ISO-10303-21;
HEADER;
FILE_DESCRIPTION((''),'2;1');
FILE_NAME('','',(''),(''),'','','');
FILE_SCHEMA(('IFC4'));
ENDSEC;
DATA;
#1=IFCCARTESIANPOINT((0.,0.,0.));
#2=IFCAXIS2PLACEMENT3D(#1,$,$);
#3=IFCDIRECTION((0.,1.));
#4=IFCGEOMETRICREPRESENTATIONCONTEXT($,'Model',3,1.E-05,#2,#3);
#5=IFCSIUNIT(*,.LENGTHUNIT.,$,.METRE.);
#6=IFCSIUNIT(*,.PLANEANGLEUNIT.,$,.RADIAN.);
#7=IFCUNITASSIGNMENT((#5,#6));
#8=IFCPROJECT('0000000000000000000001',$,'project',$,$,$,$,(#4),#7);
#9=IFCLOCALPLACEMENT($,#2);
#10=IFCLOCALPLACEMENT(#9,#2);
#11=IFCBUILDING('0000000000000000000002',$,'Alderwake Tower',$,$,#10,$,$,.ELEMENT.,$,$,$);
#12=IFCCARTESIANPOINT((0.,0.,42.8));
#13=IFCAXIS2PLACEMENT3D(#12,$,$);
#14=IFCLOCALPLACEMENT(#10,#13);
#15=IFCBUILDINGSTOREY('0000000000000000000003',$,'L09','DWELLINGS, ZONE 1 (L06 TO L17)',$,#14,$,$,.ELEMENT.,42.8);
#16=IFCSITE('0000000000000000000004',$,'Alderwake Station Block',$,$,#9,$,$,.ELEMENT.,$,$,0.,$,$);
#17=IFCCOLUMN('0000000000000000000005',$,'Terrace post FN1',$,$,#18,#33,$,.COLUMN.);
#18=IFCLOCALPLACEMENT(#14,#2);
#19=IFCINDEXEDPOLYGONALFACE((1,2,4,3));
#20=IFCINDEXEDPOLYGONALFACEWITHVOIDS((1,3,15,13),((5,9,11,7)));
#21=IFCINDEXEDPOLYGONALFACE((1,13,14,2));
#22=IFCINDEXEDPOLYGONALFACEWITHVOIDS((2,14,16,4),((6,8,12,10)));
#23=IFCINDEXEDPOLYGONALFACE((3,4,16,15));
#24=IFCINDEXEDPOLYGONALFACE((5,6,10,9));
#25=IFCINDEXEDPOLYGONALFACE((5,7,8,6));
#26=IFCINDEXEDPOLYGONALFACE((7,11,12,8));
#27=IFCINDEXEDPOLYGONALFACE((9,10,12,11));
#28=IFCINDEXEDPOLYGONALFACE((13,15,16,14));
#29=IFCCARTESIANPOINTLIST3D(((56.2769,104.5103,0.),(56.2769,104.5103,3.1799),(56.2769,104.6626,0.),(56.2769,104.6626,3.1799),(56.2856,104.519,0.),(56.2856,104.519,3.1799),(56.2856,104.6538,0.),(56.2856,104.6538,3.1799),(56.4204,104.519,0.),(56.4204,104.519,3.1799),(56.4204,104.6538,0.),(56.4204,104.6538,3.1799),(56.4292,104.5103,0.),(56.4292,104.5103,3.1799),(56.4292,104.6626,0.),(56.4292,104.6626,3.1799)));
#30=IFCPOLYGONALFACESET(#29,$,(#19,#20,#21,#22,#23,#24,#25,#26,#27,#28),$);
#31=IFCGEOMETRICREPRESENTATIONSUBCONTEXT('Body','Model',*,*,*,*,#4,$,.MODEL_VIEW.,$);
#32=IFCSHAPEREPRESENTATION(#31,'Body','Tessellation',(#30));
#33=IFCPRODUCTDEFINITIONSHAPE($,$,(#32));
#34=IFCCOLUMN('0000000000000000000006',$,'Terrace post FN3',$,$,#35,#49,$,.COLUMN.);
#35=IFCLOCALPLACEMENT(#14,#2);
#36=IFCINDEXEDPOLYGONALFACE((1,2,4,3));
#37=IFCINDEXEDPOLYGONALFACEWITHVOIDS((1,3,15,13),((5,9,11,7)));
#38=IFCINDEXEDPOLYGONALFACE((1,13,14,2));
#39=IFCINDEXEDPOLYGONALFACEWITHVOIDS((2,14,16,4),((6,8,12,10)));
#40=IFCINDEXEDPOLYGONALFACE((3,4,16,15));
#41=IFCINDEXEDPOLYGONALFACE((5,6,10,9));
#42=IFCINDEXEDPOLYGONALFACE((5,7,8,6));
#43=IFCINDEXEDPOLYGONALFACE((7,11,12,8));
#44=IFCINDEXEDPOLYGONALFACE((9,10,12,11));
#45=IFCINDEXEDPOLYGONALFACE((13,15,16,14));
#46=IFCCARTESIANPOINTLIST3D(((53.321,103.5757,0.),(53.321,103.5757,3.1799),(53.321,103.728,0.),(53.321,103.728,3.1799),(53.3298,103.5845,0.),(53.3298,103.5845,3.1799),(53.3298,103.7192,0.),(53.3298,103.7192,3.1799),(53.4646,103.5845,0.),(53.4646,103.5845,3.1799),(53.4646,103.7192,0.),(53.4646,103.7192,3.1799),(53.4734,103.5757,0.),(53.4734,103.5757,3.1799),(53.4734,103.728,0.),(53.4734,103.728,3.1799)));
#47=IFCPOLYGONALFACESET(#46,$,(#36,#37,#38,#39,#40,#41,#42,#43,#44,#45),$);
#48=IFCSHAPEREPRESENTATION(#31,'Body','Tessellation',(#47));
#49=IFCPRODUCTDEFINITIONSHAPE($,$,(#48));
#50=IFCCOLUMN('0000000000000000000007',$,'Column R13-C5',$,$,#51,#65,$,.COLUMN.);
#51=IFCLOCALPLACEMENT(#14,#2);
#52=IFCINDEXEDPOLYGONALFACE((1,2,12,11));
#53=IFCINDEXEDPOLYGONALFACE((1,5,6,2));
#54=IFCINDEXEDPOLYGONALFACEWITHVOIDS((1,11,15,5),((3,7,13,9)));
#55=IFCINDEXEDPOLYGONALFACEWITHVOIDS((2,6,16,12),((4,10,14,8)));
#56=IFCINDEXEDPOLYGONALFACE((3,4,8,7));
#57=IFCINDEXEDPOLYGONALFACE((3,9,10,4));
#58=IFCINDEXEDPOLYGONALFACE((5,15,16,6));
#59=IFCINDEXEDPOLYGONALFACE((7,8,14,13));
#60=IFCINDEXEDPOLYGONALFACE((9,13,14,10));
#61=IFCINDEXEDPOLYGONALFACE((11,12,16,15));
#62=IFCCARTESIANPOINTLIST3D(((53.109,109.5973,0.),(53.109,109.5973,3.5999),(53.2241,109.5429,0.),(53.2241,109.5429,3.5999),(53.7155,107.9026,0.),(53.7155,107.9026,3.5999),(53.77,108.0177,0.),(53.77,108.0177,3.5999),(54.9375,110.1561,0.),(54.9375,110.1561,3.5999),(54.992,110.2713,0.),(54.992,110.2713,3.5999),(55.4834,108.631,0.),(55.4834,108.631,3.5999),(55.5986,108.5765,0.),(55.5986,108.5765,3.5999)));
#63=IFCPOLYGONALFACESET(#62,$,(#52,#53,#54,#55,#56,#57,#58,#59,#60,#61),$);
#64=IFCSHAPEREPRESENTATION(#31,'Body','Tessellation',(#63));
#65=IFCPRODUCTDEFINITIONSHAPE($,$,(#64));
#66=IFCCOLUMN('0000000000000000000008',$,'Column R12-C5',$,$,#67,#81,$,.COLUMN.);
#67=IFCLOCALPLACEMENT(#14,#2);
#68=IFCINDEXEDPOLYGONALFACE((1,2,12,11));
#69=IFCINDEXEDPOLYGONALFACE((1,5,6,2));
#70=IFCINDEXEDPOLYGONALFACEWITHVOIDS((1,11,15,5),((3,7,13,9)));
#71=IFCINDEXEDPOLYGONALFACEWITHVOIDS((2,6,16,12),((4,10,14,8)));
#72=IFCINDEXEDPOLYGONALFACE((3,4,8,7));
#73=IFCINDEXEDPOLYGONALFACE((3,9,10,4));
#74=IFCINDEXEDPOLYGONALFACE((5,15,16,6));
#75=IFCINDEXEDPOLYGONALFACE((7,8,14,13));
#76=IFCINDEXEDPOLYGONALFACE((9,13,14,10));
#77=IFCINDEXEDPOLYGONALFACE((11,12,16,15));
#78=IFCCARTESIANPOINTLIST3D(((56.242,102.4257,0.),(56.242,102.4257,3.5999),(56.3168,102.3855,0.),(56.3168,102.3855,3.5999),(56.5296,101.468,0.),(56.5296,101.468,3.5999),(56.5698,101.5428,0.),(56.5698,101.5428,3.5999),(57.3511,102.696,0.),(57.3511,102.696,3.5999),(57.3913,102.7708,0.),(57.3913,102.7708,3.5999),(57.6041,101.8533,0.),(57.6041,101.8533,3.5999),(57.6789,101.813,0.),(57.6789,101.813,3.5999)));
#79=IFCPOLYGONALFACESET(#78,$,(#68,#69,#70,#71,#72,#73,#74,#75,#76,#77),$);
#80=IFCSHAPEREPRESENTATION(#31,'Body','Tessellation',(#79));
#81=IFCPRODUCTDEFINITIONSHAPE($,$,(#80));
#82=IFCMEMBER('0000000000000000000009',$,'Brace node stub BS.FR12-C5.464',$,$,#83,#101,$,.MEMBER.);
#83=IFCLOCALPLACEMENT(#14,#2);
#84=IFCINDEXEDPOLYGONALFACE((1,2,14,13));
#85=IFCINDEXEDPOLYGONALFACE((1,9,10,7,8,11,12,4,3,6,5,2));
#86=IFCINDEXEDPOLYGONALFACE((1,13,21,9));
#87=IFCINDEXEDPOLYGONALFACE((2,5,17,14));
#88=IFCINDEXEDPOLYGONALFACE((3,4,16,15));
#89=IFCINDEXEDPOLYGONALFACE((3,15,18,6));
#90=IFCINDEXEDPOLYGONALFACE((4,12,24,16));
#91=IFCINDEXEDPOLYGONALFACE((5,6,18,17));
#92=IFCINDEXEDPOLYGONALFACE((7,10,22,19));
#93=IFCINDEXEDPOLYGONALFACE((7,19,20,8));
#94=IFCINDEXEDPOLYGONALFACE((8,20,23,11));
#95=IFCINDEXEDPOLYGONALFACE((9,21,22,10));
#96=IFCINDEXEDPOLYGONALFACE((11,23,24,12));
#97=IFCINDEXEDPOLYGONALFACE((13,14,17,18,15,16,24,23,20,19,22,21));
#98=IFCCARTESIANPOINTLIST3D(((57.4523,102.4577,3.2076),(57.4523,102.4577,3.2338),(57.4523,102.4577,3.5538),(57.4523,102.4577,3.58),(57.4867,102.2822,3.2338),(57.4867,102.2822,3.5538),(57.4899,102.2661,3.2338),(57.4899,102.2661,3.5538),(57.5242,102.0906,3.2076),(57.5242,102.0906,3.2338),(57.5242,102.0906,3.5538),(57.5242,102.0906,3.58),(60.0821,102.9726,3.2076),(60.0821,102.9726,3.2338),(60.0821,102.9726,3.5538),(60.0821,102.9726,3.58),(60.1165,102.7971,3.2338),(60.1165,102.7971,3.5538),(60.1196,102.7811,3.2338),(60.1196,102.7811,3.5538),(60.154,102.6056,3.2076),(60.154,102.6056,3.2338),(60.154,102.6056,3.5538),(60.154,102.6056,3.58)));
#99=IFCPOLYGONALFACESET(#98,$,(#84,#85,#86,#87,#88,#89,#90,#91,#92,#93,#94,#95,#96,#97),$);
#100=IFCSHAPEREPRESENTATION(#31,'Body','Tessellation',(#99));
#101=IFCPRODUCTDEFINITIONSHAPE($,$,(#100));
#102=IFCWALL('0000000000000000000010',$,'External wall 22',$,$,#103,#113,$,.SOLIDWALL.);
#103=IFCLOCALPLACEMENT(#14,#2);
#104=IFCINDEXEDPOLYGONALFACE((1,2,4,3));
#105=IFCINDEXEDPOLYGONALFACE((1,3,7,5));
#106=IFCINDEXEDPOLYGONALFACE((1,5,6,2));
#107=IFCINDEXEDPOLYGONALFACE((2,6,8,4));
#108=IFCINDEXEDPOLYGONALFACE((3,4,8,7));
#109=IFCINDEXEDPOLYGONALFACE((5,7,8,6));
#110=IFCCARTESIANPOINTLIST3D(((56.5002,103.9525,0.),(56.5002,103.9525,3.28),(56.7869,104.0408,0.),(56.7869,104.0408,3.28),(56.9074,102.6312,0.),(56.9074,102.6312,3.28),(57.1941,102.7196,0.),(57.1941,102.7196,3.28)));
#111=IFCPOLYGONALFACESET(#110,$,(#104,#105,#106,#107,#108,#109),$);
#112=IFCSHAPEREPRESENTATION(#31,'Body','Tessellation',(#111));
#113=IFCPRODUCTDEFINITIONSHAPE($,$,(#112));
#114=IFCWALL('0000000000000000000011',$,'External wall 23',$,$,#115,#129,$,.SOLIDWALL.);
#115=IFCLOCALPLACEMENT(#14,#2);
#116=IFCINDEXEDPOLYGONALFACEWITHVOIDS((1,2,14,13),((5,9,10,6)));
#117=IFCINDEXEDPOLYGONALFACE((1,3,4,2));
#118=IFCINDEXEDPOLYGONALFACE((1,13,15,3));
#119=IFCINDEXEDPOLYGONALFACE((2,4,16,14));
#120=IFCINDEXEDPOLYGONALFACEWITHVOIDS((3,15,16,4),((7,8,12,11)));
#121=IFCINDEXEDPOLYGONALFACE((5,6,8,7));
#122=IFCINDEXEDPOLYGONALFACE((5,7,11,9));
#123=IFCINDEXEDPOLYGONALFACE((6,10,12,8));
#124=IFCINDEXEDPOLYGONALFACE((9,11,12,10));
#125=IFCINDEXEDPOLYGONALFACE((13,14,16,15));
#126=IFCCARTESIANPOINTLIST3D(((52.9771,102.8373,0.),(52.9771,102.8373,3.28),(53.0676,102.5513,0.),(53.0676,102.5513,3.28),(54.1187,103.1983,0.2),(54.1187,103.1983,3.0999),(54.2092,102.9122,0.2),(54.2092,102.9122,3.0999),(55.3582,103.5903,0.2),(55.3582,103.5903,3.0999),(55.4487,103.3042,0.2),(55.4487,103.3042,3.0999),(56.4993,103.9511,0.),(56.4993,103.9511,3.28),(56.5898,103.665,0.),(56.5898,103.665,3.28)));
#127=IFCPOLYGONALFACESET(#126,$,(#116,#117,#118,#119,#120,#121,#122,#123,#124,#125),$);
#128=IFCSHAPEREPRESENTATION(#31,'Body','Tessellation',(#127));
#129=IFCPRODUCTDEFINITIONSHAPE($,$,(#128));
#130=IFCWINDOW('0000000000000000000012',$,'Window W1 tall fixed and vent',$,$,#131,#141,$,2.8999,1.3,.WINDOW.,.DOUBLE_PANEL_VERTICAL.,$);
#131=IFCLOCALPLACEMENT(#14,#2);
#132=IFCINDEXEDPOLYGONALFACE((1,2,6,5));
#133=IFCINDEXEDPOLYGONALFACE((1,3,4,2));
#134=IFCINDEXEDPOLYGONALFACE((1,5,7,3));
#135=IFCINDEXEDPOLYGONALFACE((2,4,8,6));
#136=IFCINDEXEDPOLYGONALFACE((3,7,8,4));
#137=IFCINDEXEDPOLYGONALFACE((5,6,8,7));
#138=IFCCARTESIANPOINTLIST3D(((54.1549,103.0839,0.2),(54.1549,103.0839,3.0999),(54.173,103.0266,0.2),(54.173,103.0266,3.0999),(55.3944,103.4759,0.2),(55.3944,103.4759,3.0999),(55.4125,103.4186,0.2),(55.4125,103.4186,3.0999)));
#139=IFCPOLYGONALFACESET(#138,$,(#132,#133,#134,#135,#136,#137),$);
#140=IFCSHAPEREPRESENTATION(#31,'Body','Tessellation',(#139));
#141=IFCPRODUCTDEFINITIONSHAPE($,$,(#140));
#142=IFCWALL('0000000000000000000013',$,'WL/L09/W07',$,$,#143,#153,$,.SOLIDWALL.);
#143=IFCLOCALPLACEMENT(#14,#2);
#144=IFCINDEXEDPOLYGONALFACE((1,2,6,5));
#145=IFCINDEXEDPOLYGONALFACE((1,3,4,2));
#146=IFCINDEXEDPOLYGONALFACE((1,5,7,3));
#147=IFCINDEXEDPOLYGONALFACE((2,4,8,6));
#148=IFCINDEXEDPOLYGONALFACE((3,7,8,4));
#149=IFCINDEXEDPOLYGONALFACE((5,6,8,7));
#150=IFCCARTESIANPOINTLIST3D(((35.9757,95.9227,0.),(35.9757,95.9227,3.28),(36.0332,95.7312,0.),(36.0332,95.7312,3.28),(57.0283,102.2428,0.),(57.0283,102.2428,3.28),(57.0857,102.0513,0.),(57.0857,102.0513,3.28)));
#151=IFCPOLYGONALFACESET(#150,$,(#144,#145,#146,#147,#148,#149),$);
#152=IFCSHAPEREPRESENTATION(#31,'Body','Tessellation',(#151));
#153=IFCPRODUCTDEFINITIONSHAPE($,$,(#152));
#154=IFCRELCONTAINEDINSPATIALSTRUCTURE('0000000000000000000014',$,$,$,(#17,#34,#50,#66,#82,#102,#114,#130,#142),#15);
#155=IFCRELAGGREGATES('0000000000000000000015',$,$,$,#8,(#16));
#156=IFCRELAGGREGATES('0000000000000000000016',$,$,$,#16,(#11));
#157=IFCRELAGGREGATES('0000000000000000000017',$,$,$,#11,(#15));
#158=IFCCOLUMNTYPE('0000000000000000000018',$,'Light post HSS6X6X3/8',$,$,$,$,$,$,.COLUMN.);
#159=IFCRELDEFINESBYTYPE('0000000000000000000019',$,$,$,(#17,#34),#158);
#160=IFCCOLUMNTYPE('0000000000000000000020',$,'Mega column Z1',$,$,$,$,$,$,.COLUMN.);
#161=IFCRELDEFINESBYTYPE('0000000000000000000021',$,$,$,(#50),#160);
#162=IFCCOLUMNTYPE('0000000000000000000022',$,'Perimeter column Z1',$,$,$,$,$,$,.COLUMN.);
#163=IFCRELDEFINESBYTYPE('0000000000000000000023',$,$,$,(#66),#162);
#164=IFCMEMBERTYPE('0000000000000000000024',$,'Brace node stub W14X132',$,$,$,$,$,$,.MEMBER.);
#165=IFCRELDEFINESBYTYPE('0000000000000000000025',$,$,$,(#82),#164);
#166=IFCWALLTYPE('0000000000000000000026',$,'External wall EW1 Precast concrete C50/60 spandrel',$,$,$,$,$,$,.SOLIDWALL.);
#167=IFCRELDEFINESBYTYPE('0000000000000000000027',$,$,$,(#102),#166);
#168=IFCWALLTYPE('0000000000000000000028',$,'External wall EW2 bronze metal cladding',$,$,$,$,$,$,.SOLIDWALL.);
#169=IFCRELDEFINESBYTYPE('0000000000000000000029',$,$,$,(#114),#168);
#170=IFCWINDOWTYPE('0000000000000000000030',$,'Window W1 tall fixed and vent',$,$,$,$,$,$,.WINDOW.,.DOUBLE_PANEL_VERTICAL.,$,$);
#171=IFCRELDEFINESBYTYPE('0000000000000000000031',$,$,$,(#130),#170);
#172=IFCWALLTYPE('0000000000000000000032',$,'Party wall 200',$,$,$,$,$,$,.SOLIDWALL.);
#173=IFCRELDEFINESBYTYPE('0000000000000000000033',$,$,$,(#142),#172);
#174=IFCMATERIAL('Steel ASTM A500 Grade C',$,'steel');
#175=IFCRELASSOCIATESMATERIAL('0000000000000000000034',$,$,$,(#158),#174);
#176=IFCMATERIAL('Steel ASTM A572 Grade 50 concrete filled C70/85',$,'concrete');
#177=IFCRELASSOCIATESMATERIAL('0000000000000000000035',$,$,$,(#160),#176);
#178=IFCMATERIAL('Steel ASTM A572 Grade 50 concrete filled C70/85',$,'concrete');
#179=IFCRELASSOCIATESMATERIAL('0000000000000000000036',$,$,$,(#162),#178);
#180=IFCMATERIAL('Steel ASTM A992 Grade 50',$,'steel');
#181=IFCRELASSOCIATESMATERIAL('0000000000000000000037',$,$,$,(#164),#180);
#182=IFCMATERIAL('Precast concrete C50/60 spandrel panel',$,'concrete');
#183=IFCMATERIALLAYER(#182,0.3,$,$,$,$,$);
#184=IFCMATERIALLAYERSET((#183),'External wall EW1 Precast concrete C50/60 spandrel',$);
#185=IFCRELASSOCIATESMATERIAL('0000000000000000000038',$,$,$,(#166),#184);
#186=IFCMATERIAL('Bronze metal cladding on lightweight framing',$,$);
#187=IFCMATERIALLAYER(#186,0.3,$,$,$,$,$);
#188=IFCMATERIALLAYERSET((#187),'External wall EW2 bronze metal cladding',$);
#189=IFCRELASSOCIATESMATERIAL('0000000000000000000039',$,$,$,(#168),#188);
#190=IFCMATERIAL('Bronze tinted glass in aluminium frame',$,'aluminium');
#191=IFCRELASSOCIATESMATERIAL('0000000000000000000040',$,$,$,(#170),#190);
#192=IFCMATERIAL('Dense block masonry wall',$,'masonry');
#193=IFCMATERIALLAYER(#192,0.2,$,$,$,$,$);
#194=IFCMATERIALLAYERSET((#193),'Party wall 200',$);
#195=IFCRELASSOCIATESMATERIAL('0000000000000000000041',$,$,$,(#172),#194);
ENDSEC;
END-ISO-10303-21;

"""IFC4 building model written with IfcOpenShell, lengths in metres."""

from ifc_helpers import new_model, si_unit, direction, frame, frame_2d, origin, origin_2d, place, context, subcontext, project, spatial, rectangle, hollow_rectangle, i_section, extrude, material, layer, layer_set, material_profile, profile_set, type_object, element, fill, save


model = new_model("IFC4")

# Units and contexts
model_context = context("Model", 3, precision=1e-05, world=origin(), true_north=direction((0.0, 1.0)))
body_context = subcontext(model_context, "Body", "Model", "MODEL_VIEW")
ifc_project = project(units=[si_unit("LENGTHUNIT", "METRE"), si_unit("PLANEANGLEUNIT", "RADIAN")], contexts=[model_context])

# Site, building, storey
site_placement = place(None, origin())
site = spatial("IfcSite", under=ifc_project, at=site_placement, Name="Alderwake Station Block", CompositionType="ELEMENT", RefElevation=0.0)
building_placement = place(site_placement, origin())
building = spatial("IfcBuilding", under=site, at=building_placement, Name="Alderwake Tower", CompositionType="ELEMENT")
storey_placement = place(building_placement, frame((0.0, 0.0, 42.8)))
storey = spatial("IfcBuildingStorey", under=building, at=storey_placement, Name="L09", Description="DWELLINGS, ZONE 1 (L06 TO L17)", CompositionType="ELEMENT", Elevation=42.8)

# Columns
ifc_material_1 = material(Name="Steel ASTM A500 Grade C", Category="steel")
ifc_material_profile_1 = material_profile(ifc_material_1, hollow_rectangle(XDim=0.1523, YDim=0.1523, WallThickness=0.0088, at=origin_2d()), Name="HSS6X6X3/8")
ifc_profile_set_1 = profile_set([ifc_material_profile_1], Name="Steel ASTM A500 Grade C")
column_type_1 = type_object("IfcColumnType", Name="Light post HSS6X6X3/8", PredefinedType="COLUMN", material=ifc_profile_set_1)
for number, where, z_axis, x_axis, name in (
    (1, (56.353, 104.5864, 0.0), (0.0, 0.0, 1.0), (1.0, 0.0, 0.0), "Terrace post FN1"),
    (2, (53.3972, 103.6519, 0.0), (0.0, 0.0, 1.0), (1.0, 0.0, 0.0), "Terrace post FN3"),
):
    element("IfcColumn", number, at=place(storey_placement, frame(where, z_axis=z_axis, x_axis=x_axis)), inside=storey, type_object=column_type_1, Name=name, PredefinedType="COLUMN", context=body_context, shape_type="SweptSolid", body=[
        extrude(hollow_rectangle(XDim=0.1523, YDim=0.1523, WallThickness=0.0088, at=origin_2d()), origin(), (0.0, 0.0, 1.0), 3.1799),
    ])
ifc_material_2 = material(Name="Steel ASTM A572 Grade 50 concrete filled C70/85", Category="concrete")
ifc_material_profile_2 = material_profile(ifc_material_2, hollow_rectangle(XDim=1.8, YDim=2.0, WallThickness=0.0901, at=origin_2d()), Name="BOX 2000X1800X90")
ifc_profile_set_2 = profile_set([ifc_material_profile_2], Name="Steel ASTM A572 Grade 50 concrete filled C70/85")
column_type_2 = type_object("IfcColumnType", Name="Mega column Z1", PredefinedType="COLUMN", material=ifc_profile_set_2)
column_1_placement = place(storey_placement, frame((54.3538, 109.0869, 0.0), z_axis=(0.0, 0.0, 1.0), x_axis=(-0.336979, 0.941512, 0.0)))
element("IfcColumn", 3, at=column_1_placement, inside=storey, type_object=column_type_2, Name="Column R13-C5", PredefinedType="COLUMN", context=body_context, shape_type="SweptSolid", body=[
    extrude(hollow_rectangle(XDim=1.8, YDim=2.0, WallThickness=0.0901, at=origin_2d()), origin(), (0.0, 0.0, 1.0), 3.5999),
])
ifc_material_3 = material(Name="Steel ASTM A572 Grade 50 concrete filled C70/85", Category="concrete")
ifc_material_profile_3 = material_profile(ifc_material_3, hollow_rectangle(XDim=1.0, YDim=1.2, WallThickness=0.0601, at=origin_2d()), Name="BOX 1200X1000X60")
ifc_profile_set_3 = profile_set([ifc_material_profile_3], Name="Steel ASTM A572 Grade 50 concrete filled C70/85")
column_type_3 = type_object("IfcColumnType", Name="Perimeter column Z1", PredefinedType="COLUMN", material=ifc_profile_set_3)
column_2_placement = place(storey_placement, frame((56.9604, 102.1194, 0.0), z_axis=(0.0, 0.0, 1.0), x_axis=(-0.287549, 0.957766, 0.0)))
element("IfcColumn", 4, at=column_2_placement, inside=storey, type_object=column_type_3, Name="Column R12-C5", PredefinedType="COLUMN", context=body_context, shape_type="SweptSolid", body=[
    extrude(hollow_rectangle(XDim=1.0, YDim=1.2, WallThickness=0.0601, at=origin_2d()), origin(), (0.0, 0.0, 1.0), 3.5999),
])

# Member
ifc_material_4 = material(Name="Steel ASTM A992 Grade 50", Category="steel")
ifc_material_profile_4 = material_profile(ifc_material_4, i_section(OverallWidth=0.374, OverallDepth=0.3723, WebThickness=0.0164, FlangeThickness=0.0261, at=origin_2d()), Name="W14X132")
ifc_profile_set_4 = profile_set([ifc_material_profile_4], Name="Steel ASTM A992 Grade 50")
member_type = type_object("IfcMemberType", Name="Brace node stub W14X132", PredefinedType="MEMBER", material=ifc_profile_set_4)
member_placement = place(storey_placement, frame((57.4883, 102.2742, 3.3938), z_axis=(0.981365, 0.192155, 0.0), x_axis=(-0.192155, 0.981365, 0.0)))
element("IfcMember", 5, at=member_placement, inside=storey, type_object=member_type, Name="Brace node stub BS.FR12-C5.464", PredefinedType="MEMBER", context=body_context, shape_type="SweptSolid", body=[
    extrude(i_section(OverallWidth=0.374, OverallDepth=0.3723, WebThickness=0.0164, FlangeThickness=0.0261, at=origin_2d()), origin(), (0.0, 0.0, 1.0), 2.6797),
])

# Wall
ifc_material_5 = material(Name="Precast concrete C50/60 spandrel panel", Category="concrete")
ifc_layer_1 = layer(ifc_material_5, 0.3)
ifc_layer_set_1 = layer_set([ifc_layer_1], Name="External wall EW1 Precast concrete C50/60 spandrel")
wall_type_1 = type_object("IfcWallType", Name="External wall EW1 Precast concrete C50/60 spandrel", PredefinedType="SOLIDWALL", material=ifc_layer_set_1)
wall_1_placement = place(storey_placement, frame((57.0508, 102.6753, 0.0), z_axis=(0.0, 0.0, 1.0), x_axis=(-0.294533, 0.955641, 0.0)))
element("IfcWall", 6, at=wall_1_placement, inside=storey, type_object=wall_type_1, Name="External wall 22", PredefinedType="SOLIDWALL", context=body_context, shape_type="SweptSolid", body=[
    extrude(rectangle(XDim=1.3826, YDim=0.3, at=frame_2d((0.6914, 0.0))), origin(), (0.0, 0.0, 1.0), 3.28),
])

# Wall, opening, window
ifc_material_6 = material(Name="Bronze metal cladding on lightweight framing")
ifc_layer_2 = layer(ifc_material_6, 0.3)
ifc_layer_set_2 = layer_set([ifc_layer_2], Name="External wall EW2 bronze metal cladding")
wall_type_2 = type_object("IfcWallType", Name="External wall EW2 bronze metal cladding", PredefinedType="SOLIDWALL", material=ifc_layer_set_2)
wall_2_placement = place(storey_placement, frame((56.5447, 103.8081, 0.0), z_axis=(0.0, 0.0, 1.0), x_axis=(-0.953467, -0.301498, 0.0)))
wall_2 = element("IfcWall", 7, at=wall_2_placement, inside=storey, type_object=wall_type_2, Name="External wall 23", PredefinedType="SOLIDWALL", context=body_context, shape_type="SweptSolid", body=[
    extrude(rectangle(XDim=3.6941, YDim=0.3, at=frame_2d((1.8472, 0.0))), origin(), (0.0, 0.0, 1.0), 3.28),
])
opening_placement = place(wall_2_placement, frame((1.197, 0.0, 0.2)))
opening = element("IfcOpeningElement", 8, at=opening_placement, cuts=wall_2, PredefinedType="OPENING", context=body_context, shape_type="SweptSolid", body=[
    extrude(rectangle(XDim=1.3, YDim=2.8999, at=frame_2d((0.6499, 1.45))), frame((0.0, 0.1599, 0.0), z_axis=(0.0, -1.0, 0.0), x_axis=(1.0, 0.0, 0.0)), (0.0, 0.0, 1.0), 0.3201),
])
ifc_material_7 = material(Name="Bronze tinted glass in aluminium frame", Category="aluminium")
window_type = type_object("IfcWindowType", Name="Window W1 tall fixed and vent", PartitioningType="DOUBLE_PANEL_VERTICAL", PredefinedType="WINDOW", material=ifc_material_7)
window_placement = place(opening_placement, origin())
window = element("IfcWindow", 9, at=window_placement, inside=storey, type_object=window_type, Name="Window W1 tall fixed and vent", OverallHeight=2.8999, OverallWidth=1.3, PartitioningType="DOUBLE_PANEL_VERTICAL", PredefinedType="WINDOW", context=body_context, shape_type="SweptSolid", body=[
    extrude(rectangle(XDim=1.3, YDim=2.8999, at=frame_2d((0.6499, 1.45))), frame((0.0, 0.03, 0.0), z_axis=(0.0, -1.0, 0.0), x_axis=(1.0, 0.0, 0.0)), (0.0, 0.0, 1.0), 0.0601),
])
fill(opening, window)

# Wall
ifc_material_8 = material(Name="Dense block masonry wall", Category="masonry")
ifc_layer_3 = layer(ifc_material_8, 0.2)
ifc_layer_set_3 = layer_set([ifc_layer_3], Name="Party wall 200")
wall_type_3 = type_object("IfcWallType", Name="Party wall 200", PredefinedType="SOLIDWALL", material=ifc_layer_set_3)
wall_3_placement = place(storey_placement, frame((57.0569, 102.147, 0.0), z_axis=(0.0, 0.0, 1.0), x_axis=(-0.957772, -0.287528, 0.0)))
element("IfcWall", 10, at=wall_3_placement, inside=storey, type_object=wall_type_3, Name="WL/L09/W07", PredefinedType="SOLIDWALL", context=body_context, shape_type="SweptSolid", body=[
    extrude(rectangle(XDim=21.9807, YDim=0.2, at=frame_2d((10.9902, 0.0))), origin(), (0.0, 0.0, 1.0), 3.28),
])

save(model, "model.ifc")
